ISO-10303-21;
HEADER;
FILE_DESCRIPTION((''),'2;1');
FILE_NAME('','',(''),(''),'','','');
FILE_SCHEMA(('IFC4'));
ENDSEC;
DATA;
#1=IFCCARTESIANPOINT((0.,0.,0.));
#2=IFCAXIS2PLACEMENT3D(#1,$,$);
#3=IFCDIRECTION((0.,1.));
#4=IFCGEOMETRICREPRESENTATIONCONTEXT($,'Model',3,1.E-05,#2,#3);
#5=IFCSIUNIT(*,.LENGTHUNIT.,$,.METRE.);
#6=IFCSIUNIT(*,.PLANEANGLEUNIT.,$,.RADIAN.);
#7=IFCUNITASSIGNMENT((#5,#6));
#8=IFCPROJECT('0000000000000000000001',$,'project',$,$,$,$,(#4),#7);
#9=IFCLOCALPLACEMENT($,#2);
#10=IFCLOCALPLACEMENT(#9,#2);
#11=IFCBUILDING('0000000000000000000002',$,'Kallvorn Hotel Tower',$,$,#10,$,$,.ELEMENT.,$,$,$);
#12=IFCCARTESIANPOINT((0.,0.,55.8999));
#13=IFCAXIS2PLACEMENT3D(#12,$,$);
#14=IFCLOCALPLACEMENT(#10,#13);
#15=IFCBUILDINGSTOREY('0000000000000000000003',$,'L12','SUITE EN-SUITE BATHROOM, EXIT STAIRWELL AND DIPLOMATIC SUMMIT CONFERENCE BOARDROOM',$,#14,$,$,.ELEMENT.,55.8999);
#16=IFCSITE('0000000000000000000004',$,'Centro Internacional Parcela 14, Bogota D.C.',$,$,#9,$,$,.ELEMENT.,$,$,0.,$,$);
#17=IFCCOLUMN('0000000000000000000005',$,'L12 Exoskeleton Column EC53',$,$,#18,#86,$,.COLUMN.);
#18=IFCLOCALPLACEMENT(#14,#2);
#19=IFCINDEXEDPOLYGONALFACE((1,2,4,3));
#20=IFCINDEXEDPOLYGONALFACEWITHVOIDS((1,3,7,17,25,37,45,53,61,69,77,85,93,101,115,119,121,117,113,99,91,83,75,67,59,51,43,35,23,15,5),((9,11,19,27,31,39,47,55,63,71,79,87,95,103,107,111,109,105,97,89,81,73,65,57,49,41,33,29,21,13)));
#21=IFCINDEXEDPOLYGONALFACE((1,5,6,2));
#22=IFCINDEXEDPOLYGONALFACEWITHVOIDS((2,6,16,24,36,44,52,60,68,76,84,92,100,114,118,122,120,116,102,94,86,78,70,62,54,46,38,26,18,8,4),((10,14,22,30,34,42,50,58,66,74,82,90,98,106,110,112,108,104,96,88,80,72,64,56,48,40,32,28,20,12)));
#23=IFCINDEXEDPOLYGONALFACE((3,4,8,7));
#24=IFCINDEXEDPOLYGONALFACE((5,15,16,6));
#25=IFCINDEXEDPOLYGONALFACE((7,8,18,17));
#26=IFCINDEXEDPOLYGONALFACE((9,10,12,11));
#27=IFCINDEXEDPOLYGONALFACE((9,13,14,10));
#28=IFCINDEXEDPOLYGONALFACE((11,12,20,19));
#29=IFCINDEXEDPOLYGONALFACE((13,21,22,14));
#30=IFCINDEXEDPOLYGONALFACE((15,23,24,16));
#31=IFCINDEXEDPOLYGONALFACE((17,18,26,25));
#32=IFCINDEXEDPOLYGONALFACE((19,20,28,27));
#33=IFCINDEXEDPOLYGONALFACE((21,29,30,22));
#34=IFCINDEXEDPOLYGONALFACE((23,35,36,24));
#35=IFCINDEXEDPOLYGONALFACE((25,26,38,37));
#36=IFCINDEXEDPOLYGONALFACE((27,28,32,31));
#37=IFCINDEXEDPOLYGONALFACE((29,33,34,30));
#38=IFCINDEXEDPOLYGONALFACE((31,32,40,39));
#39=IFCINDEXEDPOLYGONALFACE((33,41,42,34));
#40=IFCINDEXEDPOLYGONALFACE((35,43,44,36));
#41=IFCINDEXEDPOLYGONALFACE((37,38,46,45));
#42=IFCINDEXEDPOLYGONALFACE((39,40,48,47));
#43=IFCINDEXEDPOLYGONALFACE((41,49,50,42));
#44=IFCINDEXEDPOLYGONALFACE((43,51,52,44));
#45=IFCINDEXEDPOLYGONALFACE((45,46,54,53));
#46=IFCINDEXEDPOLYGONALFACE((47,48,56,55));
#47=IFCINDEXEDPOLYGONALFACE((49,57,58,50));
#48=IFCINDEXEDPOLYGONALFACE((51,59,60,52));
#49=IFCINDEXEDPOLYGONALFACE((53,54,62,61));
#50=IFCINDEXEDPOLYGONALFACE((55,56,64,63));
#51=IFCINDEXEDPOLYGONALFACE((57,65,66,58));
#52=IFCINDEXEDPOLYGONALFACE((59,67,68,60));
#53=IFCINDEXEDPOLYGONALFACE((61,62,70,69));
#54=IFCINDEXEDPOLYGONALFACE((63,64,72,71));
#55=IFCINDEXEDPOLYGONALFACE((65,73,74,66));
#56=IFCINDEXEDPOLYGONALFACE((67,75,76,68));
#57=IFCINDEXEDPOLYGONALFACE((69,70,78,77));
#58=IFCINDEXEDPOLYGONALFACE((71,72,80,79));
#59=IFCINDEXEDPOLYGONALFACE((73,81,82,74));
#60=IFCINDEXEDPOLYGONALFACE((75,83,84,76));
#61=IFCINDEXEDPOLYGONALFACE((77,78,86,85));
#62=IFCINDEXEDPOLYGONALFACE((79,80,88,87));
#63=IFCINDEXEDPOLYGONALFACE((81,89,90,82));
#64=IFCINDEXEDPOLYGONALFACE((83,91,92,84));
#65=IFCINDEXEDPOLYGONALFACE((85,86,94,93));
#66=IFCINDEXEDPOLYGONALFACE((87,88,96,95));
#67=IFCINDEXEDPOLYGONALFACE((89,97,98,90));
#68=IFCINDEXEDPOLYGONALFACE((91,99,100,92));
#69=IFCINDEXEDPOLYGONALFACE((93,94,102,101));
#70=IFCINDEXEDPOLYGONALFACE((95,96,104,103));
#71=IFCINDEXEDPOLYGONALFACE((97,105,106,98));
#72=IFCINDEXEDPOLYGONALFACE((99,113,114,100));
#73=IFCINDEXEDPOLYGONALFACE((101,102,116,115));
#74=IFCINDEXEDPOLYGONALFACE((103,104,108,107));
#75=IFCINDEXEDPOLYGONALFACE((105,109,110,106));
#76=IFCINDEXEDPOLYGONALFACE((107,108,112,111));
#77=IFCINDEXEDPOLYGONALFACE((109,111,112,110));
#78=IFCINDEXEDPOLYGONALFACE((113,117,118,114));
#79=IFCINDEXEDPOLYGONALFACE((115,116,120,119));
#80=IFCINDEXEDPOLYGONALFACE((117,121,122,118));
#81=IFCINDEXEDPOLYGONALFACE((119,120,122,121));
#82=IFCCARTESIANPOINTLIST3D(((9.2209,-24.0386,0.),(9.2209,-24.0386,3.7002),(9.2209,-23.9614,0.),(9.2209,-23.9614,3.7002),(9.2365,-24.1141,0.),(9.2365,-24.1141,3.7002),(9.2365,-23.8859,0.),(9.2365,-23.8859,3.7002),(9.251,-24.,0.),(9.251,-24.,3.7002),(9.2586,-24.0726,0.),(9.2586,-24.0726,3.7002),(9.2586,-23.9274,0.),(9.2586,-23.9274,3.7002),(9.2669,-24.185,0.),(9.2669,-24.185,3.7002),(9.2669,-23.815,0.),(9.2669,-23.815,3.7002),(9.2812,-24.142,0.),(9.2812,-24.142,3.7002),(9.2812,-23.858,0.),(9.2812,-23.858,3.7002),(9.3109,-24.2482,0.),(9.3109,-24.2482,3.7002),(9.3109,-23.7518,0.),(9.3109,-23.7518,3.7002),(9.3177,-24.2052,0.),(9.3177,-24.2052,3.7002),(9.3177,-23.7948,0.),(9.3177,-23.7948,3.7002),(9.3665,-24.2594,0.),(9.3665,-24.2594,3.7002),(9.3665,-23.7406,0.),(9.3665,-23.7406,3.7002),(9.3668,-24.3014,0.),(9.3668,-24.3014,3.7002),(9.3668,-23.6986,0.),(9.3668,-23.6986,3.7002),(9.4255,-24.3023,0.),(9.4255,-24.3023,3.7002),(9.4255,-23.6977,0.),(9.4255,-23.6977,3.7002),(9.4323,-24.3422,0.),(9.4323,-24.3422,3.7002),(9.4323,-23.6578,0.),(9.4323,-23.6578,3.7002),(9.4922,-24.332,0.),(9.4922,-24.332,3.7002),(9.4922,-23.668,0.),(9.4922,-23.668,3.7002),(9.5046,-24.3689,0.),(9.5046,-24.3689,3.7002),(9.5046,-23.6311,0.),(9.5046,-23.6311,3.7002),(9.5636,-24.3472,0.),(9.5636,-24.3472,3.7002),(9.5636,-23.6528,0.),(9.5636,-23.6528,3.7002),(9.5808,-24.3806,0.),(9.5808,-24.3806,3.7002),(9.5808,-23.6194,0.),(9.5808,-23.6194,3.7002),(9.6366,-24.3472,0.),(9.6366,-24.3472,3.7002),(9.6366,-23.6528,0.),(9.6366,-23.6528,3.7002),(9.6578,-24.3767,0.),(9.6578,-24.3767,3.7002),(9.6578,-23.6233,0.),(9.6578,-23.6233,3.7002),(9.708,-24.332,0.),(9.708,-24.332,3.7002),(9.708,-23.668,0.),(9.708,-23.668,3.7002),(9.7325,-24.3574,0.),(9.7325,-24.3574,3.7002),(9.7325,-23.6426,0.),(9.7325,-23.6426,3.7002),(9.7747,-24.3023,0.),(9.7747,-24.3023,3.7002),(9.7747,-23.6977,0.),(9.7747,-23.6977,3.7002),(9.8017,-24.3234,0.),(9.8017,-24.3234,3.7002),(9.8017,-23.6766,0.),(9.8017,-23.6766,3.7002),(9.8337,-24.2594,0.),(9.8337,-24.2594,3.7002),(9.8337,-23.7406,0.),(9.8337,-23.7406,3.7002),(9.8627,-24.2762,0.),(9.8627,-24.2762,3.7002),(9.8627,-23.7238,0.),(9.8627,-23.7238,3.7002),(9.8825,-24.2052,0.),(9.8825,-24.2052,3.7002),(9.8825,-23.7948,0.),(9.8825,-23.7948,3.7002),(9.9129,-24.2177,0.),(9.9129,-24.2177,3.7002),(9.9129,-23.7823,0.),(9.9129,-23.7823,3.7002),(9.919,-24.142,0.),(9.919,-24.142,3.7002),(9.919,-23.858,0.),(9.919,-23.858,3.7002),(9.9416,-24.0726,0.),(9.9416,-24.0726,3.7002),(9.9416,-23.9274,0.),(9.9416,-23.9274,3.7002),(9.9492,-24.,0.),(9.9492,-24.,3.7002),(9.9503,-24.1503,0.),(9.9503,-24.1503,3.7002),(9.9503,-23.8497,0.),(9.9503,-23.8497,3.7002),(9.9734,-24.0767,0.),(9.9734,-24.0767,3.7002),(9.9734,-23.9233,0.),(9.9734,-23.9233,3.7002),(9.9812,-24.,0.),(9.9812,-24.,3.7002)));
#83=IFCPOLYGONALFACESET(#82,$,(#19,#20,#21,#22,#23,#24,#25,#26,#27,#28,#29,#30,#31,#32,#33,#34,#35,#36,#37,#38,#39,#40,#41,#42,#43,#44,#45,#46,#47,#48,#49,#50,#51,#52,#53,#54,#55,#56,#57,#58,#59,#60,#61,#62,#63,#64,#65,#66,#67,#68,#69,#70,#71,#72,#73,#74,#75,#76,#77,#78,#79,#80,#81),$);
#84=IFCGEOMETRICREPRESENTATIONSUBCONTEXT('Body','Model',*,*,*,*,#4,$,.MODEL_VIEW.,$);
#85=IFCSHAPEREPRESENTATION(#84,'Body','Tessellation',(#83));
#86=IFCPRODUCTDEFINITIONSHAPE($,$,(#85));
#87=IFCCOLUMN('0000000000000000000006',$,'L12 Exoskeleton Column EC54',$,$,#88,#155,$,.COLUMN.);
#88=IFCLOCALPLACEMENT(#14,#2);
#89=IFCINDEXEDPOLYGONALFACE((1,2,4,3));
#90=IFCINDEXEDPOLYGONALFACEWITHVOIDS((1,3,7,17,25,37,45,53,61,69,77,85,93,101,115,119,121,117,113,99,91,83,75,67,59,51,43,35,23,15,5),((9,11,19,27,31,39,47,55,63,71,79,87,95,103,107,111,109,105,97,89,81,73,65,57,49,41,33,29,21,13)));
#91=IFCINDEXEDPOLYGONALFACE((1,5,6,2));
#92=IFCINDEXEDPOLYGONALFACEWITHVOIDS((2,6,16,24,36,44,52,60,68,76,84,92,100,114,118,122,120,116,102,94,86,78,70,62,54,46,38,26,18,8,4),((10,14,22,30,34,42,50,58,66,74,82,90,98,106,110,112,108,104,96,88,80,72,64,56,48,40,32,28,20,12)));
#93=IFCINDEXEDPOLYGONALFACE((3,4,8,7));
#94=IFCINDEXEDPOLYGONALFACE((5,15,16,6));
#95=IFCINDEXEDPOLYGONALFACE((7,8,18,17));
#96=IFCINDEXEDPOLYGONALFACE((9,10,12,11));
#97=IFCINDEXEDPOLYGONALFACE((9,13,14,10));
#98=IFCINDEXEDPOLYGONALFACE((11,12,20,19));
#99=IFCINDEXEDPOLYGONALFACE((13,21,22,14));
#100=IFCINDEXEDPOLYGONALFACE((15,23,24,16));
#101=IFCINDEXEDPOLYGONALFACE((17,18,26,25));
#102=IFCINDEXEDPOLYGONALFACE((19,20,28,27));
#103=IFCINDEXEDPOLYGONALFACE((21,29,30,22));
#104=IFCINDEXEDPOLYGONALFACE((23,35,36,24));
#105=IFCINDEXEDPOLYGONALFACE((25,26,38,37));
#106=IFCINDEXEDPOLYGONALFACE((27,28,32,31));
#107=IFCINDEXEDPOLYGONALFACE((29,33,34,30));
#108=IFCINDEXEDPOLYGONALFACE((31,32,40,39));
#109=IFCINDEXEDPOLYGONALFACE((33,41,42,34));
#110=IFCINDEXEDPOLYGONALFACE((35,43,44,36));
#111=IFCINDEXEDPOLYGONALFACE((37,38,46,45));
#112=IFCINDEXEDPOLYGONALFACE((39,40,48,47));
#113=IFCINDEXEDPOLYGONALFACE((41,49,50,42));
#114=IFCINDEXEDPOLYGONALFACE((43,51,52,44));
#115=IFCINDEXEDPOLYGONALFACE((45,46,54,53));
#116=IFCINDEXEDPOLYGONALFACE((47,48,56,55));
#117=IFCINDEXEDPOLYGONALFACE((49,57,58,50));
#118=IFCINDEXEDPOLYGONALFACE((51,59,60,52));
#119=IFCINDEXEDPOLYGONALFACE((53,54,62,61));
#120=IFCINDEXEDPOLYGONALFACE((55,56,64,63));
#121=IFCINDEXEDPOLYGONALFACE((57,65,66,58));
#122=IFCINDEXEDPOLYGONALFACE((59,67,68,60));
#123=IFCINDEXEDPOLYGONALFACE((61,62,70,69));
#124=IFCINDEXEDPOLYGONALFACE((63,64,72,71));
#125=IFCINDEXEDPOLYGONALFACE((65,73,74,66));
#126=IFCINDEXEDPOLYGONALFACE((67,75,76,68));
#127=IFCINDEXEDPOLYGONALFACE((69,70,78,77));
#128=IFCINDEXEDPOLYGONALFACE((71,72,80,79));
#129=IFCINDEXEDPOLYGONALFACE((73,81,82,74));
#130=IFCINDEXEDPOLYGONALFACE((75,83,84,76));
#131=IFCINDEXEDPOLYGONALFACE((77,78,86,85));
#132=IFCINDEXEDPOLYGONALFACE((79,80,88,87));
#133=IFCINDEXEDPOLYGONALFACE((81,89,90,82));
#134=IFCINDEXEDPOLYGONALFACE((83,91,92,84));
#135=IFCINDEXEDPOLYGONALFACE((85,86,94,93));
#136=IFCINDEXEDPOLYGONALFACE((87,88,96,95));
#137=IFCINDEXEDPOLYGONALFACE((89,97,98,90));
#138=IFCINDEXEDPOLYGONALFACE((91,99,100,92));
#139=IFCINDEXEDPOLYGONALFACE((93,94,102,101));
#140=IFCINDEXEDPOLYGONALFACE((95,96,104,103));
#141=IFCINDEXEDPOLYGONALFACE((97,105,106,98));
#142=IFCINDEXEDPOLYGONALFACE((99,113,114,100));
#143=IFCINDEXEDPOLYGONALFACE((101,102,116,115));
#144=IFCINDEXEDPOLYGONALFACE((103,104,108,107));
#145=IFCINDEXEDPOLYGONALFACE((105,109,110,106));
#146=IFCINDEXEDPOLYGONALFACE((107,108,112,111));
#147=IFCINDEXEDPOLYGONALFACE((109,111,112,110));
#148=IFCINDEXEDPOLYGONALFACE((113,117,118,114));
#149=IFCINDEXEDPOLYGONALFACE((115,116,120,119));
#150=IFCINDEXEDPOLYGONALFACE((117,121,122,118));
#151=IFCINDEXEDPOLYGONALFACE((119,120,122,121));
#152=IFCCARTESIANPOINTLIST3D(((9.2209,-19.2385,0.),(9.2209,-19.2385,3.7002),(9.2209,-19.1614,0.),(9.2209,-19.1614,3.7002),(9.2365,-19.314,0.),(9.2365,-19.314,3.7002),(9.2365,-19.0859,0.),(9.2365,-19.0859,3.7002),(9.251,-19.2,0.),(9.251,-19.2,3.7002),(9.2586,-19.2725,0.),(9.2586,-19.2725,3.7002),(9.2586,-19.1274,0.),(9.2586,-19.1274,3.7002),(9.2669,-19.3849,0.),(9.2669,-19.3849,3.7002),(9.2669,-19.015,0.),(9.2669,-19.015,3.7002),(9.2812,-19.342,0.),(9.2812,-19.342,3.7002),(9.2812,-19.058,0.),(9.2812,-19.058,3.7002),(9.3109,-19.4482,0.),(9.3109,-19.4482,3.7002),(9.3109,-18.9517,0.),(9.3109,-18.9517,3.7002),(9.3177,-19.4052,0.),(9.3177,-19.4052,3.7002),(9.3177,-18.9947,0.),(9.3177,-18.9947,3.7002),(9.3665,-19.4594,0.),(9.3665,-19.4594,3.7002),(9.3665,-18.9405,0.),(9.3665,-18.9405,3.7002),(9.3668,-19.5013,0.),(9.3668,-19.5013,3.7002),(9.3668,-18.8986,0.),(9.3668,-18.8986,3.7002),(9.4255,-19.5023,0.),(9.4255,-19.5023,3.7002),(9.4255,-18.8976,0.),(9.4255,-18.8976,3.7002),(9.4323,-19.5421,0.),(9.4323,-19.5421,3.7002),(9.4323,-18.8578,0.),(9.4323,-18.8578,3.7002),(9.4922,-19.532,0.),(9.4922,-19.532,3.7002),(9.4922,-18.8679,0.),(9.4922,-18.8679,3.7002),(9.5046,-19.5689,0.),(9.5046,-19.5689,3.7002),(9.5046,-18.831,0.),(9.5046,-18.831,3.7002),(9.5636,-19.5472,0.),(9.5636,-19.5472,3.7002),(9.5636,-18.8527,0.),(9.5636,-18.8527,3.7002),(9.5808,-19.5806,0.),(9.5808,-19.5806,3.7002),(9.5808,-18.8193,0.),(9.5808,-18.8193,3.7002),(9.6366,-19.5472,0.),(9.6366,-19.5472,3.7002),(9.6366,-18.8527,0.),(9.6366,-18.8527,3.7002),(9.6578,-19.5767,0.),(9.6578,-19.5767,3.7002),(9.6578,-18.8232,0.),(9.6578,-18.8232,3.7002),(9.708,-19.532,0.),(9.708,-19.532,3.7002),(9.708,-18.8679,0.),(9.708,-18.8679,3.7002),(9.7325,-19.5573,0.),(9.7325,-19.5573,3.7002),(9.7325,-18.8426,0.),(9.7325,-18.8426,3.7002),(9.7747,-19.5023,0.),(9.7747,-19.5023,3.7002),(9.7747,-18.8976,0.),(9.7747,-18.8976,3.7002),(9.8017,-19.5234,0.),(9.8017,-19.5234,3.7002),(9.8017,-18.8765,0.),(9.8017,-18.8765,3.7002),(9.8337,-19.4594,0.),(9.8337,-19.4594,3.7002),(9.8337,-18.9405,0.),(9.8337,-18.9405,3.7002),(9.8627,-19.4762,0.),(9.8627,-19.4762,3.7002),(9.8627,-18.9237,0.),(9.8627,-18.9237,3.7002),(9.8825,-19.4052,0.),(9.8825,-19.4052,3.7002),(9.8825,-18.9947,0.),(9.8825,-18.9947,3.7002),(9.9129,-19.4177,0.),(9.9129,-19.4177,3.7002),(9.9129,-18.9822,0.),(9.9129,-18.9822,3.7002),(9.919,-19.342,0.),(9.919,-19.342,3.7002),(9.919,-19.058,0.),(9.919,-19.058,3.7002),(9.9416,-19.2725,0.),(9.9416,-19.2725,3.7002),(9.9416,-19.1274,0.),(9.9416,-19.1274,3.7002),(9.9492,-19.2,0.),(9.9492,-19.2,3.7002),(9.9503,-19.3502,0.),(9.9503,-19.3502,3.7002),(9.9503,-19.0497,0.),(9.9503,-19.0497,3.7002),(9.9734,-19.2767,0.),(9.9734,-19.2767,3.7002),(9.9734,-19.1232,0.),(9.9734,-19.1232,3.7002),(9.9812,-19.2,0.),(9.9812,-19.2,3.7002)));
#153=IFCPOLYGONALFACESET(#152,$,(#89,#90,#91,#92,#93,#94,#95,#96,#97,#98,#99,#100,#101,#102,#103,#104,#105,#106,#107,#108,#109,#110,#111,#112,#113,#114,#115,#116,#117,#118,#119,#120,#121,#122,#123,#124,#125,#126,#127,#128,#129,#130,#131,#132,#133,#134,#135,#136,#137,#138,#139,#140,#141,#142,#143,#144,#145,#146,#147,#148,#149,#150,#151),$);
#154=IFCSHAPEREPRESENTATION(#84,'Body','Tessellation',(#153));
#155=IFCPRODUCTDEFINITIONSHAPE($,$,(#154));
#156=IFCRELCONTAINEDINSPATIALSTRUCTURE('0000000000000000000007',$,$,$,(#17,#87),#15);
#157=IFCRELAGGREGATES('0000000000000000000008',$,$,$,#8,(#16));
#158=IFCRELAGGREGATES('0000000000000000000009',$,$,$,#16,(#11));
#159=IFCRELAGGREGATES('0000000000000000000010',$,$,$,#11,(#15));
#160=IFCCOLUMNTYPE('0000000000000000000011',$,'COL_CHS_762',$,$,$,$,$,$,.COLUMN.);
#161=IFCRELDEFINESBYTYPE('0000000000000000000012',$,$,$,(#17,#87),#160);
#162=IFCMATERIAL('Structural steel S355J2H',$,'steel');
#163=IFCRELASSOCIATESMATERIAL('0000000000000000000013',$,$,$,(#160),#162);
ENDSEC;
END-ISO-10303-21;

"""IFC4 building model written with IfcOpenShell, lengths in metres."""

from ifc_helpers import new_model, si_unit, direction, frame, origin, origin_2d, place, context, subcontext, project, spatial, hollow_circle, extrude, material, material_profile, profile_set, type_object, element, save


model = new_model("IFC4")

# Units and contexts
model_context = context("Model", 3, precision=1e-05, world=origin(), true_north=direction((0.0, 1.0)))
body_context = subcontext(model_context, "Body", "Model", "MODEL_VIEW")
ifc_project = project(units=[si_unit("LENGTHUNIT", "METRE"), si_unit("PLANEANGLEUNIT", "RADIAN")], contexts=[model_context])

# Site, building, storey
site_placement = place(None, origin())
site = spatial("IfcSite", under=ifc_project, at=site_placement, Name="Centro Internacional Parcela 14, Bogota D.C.", CompositionType="ELEMENT", RefElevation=0.0)
building_placement = place(site_placement, origin())
building = spatial("IfcBuilding", under=site, at=building_placement, Name="Kallvorn Hotel Tower", CompositionType="ELEMENT")
storey_placement = place(building_placement, frame((0.0, 0.0, 55.8999)))
storey = spatial("IfcBuildingStorey", under=building, at=storey_placement, Name="L12", Description="SUITE EN-SUITE BATHROOM, EXIT STAIRWELL AND DIPLOMATIC SUMMIT CONFERENCE BOARDROOM", CompositionType="ELEMENT", Elevation=55.8999)

# Columns
ifc_material_1 = material(Name="Structural steel S355J2H", Category="steel")
ifc_material_profile_1 = material_profile(ifc_material_1, hollow_circle(Radius=0.3811, WallThickness=0.032, at=origin_2d()), Name="CHS 762x32")
ifc_profile_set_1 = profile_set([ifc_material_profile_1], Name="Structural steel S355J2H")
column_type_1 = type_object("IfcColumnType", Name="COL_CHS_762", PredefinedType="COLUMN", material=ifc_profile_set_1)
for number, where, z_axis, x_axis, name in (
    (1, (9.6001, -24.0, 0.0), (0.0, 0.0, 1.0), (1.0, 0.0, 0.0), "L12 Exoskeleton Column EC53"),
    (2, (9.6001, -19.2, 0.0), (0.0, 0.0, 1.0), (1.0, 0.0, 0.0), "L12 Exoskeleton Column EC54"),
):
    element("IfcColumn", number, at=place(storey_placement, frame(where, z_axis=z_axis, x_axis=x_axis)), inside=storey, type_object=column_type_1, Name=name, PredefinedType="COLUMN", context=body_context, shape_type="SweptSolid", body=[
        extrude(hollow_circle(Radius=0.3811, WallThickness=0.032, at=origin_2d()), origin(), (0.0, 0.0, 1.0), 3.7002),
    ])

save(model, "model.ifc")
